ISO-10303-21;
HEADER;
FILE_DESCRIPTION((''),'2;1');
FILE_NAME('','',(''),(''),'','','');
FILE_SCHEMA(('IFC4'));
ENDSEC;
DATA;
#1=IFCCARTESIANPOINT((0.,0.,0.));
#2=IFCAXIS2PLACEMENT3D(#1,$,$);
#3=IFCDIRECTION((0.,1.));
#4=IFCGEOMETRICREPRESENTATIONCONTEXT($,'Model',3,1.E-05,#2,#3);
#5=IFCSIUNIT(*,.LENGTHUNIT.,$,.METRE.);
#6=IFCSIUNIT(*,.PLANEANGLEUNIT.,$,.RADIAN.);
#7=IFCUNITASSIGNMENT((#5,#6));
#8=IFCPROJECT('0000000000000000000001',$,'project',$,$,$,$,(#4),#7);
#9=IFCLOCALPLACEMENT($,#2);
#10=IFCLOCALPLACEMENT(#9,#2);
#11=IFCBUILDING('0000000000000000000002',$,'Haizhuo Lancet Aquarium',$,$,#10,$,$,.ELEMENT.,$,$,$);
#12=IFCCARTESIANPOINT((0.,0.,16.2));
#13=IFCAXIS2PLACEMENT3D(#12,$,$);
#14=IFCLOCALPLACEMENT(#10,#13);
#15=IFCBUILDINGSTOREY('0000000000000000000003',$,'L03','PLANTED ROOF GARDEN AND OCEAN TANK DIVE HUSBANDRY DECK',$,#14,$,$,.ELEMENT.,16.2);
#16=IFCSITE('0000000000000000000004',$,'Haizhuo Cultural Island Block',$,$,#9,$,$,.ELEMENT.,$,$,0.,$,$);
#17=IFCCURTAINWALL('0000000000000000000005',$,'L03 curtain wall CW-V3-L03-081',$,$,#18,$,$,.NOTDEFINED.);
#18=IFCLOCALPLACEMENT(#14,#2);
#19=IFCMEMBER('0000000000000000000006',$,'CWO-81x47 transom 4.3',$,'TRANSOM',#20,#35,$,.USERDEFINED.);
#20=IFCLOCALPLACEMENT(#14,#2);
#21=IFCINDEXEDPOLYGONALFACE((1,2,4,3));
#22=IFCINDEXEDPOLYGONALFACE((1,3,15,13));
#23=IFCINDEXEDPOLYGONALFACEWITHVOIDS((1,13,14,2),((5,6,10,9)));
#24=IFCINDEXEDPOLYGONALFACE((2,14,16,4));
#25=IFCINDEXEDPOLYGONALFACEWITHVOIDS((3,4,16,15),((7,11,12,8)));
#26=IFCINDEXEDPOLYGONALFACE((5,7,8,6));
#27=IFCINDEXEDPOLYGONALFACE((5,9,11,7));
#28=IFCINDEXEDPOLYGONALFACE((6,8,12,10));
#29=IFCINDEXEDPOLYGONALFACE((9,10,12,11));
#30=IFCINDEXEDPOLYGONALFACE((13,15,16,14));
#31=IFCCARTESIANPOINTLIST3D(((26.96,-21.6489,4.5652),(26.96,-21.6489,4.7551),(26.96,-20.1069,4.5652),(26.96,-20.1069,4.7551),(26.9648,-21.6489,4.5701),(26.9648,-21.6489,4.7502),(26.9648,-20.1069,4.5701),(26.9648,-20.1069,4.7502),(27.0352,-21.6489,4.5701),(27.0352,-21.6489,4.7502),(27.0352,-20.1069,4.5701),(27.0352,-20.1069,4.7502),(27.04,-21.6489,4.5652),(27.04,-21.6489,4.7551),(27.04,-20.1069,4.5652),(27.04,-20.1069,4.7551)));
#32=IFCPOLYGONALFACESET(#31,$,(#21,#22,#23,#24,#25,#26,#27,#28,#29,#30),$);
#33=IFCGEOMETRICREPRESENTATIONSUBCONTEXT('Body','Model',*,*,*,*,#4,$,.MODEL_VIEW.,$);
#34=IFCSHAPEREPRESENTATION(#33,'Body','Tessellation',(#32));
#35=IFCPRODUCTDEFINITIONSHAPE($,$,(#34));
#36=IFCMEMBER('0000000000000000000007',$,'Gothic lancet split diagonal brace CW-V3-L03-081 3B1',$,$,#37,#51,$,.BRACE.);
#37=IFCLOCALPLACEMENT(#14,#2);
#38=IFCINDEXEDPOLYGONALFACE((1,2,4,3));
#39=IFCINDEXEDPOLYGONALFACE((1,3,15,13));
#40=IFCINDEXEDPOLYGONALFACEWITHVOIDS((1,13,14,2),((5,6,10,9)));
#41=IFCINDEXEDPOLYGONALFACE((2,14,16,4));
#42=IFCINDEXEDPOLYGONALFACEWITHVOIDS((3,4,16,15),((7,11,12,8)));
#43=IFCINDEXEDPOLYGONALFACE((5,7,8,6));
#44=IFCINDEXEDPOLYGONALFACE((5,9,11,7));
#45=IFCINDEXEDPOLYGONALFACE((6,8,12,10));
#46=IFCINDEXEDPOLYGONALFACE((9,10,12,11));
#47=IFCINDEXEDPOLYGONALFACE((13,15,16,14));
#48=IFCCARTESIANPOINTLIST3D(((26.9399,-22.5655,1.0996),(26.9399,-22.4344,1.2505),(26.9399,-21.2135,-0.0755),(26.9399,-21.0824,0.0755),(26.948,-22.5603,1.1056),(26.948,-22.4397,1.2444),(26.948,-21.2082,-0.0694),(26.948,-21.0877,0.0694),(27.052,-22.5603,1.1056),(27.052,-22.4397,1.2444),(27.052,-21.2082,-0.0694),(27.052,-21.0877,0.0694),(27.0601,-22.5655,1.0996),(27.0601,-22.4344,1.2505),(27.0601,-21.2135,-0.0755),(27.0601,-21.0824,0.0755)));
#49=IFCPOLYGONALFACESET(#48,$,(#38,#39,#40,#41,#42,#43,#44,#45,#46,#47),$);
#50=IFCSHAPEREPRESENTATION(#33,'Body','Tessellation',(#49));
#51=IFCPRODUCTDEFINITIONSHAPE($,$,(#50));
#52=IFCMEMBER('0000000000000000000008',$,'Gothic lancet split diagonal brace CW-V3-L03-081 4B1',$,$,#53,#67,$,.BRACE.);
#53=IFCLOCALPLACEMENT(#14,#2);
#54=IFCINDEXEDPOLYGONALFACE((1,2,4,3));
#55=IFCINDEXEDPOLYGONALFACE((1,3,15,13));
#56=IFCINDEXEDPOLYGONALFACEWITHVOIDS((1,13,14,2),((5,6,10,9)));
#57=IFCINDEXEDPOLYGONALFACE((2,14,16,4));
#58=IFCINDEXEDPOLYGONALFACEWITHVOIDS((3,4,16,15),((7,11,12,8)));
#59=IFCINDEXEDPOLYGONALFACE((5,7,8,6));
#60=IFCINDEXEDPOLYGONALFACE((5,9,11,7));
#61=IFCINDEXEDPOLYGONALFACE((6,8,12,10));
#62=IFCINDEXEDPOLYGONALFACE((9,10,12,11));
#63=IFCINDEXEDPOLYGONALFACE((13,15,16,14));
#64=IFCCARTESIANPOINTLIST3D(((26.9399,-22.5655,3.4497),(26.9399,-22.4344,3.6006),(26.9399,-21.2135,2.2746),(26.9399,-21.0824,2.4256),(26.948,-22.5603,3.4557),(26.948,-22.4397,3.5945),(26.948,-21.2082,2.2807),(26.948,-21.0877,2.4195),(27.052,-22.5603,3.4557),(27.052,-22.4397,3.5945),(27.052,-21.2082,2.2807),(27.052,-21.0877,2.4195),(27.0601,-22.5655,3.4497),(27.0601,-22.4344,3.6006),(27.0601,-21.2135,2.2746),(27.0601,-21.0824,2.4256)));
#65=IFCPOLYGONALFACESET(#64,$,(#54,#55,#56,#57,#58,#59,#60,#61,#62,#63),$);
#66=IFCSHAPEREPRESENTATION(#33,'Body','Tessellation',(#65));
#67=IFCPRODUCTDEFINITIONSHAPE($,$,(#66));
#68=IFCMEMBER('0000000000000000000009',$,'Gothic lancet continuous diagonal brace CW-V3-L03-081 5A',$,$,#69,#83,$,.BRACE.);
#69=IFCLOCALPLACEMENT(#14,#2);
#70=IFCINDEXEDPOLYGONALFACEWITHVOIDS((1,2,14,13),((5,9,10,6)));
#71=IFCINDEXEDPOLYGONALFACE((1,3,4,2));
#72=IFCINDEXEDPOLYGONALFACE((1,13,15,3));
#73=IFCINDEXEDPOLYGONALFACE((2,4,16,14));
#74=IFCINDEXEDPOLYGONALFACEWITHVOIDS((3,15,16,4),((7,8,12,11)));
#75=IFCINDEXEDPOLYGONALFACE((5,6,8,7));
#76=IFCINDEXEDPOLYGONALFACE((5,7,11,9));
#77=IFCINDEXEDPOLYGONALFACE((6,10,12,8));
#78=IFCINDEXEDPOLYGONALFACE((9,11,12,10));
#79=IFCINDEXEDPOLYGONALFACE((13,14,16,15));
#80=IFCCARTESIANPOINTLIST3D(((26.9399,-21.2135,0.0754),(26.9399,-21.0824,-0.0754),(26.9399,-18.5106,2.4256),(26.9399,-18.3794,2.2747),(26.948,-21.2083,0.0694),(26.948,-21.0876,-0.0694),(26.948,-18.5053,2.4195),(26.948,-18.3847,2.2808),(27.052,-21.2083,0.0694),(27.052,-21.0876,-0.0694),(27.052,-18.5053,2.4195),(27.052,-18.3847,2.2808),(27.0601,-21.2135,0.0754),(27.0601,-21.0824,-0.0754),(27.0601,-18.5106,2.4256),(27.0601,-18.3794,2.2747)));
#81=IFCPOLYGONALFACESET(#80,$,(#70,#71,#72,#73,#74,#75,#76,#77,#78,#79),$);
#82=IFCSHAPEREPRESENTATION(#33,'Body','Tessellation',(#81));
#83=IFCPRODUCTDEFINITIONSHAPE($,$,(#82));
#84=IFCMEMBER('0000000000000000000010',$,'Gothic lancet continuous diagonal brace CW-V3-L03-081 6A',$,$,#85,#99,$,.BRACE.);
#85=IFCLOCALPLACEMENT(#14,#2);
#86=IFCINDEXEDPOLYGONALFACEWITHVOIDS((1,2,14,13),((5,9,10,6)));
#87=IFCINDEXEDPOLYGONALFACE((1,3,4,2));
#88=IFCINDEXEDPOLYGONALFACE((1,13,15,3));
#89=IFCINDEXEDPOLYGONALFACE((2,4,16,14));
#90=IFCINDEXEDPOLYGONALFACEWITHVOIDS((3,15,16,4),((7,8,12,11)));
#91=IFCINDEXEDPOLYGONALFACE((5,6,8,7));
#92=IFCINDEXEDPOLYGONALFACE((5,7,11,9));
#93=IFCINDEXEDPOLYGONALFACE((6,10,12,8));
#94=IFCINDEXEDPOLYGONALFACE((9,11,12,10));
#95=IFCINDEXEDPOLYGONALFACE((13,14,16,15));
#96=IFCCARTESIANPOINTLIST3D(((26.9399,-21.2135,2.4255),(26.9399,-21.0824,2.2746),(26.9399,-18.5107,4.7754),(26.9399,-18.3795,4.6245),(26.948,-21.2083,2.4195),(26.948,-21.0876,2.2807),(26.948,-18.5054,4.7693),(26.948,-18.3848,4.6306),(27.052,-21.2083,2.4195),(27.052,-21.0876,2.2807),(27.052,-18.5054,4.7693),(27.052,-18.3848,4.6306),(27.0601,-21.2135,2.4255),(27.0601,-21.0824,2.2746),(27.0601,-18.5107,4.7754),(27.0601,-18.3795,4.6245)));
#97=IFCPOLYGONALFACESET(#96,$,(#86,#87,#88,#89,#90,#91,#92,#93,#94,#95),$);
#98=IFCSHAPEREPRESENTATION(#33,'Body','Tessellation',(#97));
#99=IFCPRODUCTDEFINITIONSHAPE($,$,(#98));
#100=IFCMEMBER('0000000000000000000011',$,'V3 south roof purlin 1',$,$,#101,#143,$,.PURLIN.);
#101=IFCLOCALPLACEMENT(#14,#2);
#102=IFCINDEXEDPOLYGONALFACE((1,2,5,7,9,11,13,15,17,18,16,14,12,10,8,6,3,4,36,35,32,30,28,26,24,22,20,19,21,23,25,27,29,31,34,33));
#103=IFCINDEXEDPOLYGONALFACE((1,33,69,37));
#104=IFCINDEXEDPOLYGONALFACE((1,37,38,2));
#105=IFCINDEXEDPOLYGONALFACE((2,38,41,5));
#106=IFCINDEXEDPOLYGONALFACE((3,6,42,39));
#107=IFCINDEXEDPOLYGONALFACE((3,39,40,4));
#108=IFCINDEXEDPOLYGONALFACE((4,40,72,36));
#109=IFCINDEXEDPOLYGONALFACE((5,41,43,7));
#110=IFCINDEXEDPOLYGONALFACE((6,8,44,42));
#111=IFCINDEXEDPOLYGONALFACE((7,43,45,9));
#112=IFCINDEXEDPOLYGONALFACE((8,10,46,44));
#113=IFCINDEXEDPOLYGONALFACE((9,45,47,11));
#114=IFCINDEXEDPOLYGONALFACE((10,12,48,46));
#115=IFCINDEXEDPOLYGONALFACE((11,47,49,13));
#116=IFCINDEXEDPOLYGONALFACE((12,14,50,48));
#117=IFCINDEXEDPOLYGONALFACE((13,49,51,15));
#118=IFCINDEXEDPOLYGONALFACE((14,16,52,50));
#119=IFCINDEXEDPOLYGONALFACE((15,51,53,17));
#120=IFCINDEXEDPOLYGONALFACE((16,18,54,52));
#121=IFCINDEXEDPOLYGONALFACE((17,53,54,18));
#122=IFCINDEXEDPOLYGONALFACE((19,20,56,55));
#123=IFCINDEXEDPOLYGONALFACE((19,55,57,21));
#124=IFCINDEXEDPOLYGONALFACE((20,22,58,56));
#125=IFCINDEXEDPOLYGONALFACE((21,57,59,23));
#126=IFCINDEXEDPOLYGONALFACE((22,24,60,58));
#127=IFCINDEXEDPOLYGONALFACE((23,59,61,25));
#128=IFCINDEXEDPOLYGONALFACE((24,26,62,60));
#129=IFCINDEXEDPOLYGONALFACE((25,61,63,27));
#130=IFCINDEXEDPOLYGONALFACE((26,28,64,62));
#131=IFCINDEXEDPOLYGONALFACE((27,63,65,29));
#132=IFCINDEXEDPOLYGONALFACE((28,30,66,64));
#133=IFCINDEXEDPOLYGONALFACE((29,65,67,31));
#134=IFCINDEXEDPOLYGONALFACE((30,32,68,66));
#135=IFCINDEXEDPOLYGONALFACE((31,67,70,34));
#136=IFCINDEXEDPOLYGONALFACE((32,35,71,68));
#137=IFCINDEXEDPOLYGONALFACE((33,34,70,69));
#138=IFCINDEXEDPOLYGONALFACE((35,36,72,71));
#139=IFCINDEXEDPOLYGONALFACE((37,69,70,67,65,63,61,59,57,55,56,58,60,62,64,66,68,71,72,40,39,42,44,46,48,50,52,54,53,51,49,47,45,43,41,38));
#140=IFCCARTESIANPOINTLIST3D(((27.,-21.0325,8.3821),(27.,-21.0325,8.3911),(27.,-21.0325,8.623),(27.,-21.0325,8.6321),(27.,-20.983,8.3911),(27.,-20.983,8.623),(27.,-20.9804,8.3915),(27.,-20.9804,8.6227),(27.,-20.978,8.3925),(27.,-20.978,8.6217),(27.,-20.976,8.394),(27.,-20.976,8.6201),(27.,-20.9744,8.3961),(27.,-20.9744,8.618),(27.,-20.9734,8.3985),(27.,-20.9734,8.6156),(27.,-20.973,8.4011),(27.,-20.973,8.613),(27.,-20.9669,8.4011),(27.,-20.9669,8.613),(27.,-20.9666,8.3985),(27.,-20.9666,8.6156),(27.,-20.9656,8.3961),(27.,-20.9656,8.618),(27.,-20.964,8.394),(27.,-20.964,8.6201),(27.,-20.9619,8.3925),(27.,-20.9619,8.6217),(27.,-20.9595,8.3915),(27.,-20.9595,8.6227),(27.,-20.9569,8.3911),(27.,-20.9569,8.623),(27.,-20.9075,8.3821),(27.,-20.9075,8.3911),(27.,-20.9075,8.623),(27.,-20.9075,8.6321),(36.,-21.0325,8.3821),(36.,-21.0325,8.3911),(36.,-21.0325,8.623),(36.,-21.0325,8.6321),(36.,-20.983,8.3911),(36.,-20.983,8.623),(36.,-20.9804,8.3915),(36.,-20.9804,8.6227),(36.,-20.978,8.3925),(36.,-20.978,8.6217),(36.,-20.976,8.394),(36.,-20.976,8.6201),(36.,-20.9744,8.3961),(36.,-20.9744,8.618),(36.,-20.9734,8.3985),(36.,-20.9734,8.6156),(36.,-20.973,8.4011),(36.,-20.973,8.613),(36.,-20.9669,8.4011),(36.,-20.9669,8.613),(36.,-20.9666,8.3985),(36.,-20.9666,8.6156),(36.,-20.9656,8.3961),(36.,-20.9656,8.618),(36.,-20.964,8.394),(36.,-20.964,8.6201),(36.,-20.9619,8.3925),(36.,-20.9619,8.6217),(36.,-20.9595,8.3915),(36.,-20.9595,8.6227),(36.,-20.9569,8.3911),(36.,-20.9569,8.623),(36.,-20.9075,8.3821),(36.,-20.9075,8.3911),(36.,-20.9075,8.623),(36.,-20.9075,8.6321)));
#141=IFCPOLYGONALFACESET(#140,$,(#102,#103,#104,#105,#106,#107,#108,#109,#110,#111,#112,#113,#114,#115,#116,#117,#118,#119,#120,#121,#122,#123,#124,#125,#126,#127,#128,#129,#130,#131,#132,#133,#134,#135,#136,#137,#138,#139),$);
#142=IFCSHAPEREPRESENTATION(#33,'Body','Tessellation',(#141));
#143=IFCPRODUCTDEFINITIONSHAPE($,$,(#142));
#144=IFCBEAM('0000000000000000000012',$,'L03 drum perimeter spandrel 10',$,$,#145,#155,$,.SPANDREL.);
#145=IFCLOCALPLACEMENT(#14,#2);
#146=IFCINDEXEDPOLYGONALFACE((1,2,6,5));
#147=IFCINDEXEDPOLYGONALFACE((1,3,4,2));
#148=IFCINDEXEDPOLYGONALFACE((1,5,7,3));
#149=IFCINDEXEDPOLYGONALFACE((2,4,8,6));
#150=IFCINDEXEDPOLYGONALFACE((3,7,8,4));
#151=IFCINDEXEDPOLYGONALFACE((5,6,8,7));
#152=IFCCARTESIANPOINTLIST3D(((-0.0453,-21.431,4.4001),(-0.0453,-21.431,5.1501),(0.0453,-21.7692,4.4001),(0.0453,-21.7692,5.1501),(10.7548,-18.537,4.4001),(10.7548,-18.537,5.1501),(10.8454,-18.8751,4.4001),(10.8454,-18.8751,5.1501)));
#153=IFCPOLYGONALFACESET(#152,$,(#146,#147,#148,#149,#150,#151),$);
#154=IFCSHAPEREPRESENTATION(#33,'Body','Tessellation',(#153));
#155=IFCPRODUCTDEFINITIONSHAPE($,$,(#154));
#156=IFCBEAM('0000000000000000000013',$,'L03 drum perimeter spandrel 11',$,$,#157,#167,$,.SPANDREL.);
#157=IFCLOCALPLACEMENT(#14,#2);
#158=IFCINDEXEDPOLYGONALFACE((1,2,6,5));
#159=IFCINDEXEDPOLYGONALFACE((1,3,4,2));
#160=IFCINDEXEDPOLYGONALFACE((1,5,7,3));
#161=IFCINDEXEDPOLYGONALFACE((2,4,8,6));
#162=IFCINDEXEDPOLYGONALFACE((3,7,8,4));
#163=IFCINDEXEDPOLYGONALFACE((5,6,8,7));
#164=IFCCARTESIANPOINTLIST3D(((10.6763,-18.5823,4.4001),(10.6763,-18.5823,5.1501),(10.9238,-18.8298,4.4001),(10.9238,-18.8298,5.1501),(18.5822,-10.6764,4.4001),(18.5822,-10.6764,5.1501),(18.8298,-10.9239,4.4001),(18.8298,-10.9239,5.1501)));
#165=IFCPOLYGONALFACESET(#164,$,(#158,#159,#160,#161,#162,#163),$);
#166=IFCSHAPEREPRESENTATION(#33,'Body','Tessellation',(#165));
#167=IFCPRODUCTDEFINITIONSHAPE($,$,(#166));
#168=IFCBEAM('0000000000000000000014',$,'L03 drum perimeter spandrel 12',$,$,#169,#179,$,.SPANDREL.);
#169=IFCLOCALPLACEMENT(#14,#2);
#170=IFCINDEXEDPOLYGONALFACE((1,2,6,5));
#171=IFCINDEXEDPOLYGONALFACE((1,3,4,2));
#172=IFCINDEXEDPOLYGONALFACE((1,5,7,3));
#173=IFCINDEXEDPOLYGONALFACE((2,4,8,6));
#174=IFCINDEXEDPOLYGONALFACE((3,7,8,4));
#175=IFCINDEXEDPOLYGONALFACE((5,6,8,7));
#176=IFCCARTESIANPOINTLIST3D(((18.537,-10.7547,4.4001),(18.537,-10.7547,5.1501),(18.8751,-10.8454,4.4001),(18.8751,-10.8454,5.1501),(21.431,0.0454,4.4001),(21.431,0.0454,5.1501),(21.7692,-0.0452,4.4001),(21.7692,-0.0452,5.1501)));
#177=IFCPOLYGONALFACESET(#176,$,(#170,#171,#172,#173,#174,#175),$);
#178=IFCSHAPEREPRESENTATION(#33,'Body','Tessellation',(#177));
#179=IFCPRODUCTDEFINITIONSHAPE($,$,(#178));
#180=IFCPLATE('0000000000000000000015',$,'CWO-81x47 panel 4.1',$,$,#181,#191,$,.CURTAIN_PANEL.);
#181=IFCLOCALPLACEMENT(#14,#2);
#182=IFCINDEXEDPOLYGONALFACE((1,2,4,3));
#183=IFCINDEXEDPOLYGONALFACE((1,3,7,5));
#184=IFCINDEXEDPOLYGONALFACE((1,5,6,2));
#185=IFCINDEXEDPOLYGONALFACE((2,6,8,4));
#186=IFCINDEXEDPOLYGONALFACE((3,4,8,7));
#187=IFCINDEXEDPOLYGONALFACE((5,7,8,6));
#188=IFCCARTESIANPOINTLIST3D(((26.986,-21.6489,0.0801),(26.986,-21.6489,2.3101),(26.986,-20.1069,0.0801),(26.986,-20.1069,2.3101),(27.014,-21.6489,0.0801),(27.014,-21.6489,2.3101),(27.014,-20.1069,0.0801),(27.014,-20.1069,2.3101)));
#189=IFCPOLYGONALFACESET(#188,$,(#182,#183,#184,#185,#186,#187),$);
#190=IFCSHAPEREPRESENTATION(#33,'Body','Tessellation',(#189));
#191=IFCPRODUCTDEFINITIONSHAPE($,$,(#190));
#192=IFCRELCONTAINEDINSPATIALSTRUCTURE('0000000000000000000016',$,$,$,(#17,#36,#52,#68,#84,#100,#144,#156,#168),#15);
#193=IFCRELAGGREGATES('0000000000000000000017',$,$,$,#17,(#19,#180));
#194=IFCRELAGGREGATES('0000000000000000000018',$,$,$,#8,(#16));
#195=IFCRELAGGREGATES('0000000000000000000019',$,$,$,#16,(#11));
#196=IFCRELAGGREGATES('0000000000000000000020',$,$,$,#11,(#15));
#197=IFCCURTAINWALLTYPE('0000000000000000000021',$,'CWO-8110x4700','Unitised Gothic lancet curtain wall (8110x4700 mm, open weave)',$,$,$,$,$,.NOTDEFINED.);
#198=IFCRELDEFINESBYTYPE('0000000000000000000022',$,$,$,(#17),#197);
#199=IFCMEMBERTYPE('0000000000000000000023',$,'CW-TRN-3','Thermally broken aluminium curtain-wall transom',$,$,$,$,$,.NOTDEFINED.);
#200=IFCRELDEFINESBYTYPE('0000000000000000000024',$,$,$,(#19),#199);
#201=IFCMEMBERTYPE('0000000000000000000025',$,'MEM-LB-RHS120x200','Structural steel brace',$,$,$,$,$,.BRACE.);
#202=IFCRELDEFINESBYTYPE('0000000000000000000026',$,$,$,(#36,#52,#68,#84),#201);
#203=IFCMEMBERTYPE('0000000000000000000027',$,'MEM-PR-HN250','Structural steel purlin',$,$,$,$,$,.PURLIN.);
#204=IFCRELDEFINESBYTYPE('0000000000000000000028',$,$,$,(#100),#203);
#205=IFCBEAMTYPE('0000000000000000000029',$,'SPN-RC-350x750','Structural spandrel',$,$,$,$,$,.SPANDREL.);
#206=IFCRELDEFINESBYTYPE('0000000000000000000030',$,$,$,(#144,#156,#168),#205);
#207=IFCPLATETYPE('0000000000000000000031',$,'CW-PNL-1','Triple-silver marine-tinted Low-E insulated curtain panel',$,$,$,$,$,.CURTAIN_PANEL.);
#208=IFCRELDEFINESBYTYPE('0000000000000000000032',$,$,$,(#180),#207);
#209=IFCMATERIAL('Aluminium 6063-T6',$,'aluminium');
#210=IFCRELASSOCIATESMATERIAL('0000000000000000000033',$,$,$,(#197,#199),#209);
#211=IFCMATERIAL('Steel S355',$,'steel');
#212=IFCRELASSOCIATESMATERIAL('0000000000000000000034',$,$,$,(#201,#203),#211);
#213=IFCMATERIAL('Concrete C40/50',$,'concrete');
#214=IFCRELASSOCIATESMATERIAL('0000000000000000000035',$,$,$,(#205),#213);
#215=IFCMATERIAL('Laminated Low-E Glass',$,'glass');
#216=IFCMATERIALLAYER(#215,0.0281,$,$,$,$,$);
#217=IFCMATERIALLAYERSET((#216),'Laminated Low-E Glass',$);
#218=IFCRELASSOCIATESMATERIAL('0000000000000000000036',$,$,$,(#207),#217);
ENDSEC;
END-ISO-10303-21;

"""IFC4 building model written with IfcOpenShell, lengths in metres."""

from ifc_helpers import new_model, si_unit, direction, frame, origin, origin_2d, place, context, subcontext, project, spatial, rectangle, hollow_rectangle, i_section, extrude, material, layer, layer_set, material_profile, profile_set, type_object, element, aggregate, save


model = new_model("IFC4")

# Units and contexts
model_context = context("Model", 3, precision=1e-05, world=origin(), true_north=direction((0.0, 1.0)))
body_context = subcontext(model_context, "Body", "Model", "MODEL_VIEW")
ifc_project = project(units=[si_unit("LENGTHUNIT", "METRE"), si_unit("PLANEANGLEUNIT", "RADIAN")], contexts=[model_context])

# Site, building, storey
site_placement = place(None, origin())
site = spatial("IfcSite", under=ifc_project, at=site_placement, Name="Haizhuo Cultural Island Block", CompositionType="ELEMENT", RefElevation=0.0)
building_placement = place(site_placement, origin())
building = spatial("IfcBuilding", under=site, at=building_placement, Name="Haizhuo Lancet Aquarium", CompositionType="ELEMENT")
storey_placement = place(building_placement, frame((0.0, 0.0, 16.2)))
storey = spatial("IfcBuildingStorey", under=building, at=storey_placement, Name="L03", Description="PLANTED ROOF GARDEN AND OCEAN TANK DIVE HUSBANDRY DECK", CompositionType="ELEMENT", Elevation=16.2)

# Shared definitions
ifc_material_1 = material(Name="Concrete C40/50", Category="concrete")
ifc_material_2 = material(Name="Steel S355", Category="steel")

# Curtain wall, member
ifc_material_3 = material(Name="Aluminium 6063-T6", Category="aluminium")
curtain_wall_type = type_object("IfcCurtainWallType", Name="CWO-8110x4700", Description="Unitised Gothic lancet curtain wall (8110x4700 mm, open weave)", PredefinedType="NOTDEFINED", material=ifc_material_3)
curtain_wall_placement = place(storey_placement, origin())
curtain_wall = element("IfcCurtainWall", 1, at=curtain_wall_placement, inside=storey, type_object=curtain_wall_type, Name="L03 curtain wall CW-V3-L03-081", PredefinedType="NOTDEFINED")
ifc_material_profile_1 = material_profile(ifc_material_3, hollow_rectangle(XDim=0.0801, YDim=0.1899, WallThickness=0.0049, at=origin_2d()), Name="ALU-T 80x190x5")
ifc_profile_set_1 = profile_set([ifc_material_profile_1], Name="Aluminium 6063-T6")
member_type_1 = type_object("IfcMemberType", Name="CW-TRN-3", Description="Thermally broken aluminium curtain-wall transom", PredefinedType="NOTDEFINED", material=ifc_profile_set_1)
member_1_placement = place(storey_placement, frame((27.0, -21.6489, 4.6602), z_axis=(0.0, 1.0, 0.0), x_axis=(-1.0, 0.0, 0.0)))
member_1 = element("IfcMember", 2, at=member_1_placement, type_object=member_type_1, Name="CWO-81x47 transom 4.3", ObjectType="TRANSOM", PredefinedType="USERDEFINED", context=body_context, shape_type="SweptSolid", body=[
    extrude(hollow_rectangle(XDim=0.0801, YDim=0.1899, WallThickness=0.0049, at=origin_2d()), origin(), (0.0, 0.0, 1.0), 1.542),
])

# Members
ifc_material_profile_2 = material_profile(ifc_material_2, hollow_rectangle(XDim=0.1201, YDim=0.2, WallThickness=0.0081, at=origin_2d()), Name="RHS 120x200x8")
ifc_profile_set_2 = profile_set([ifc_material_profile_2], Name="Steel S355")
member_type_2 = type_object("IfcMemberType", Name="MEM-LB-RHS120x200", Description="Structural steel brace", PredefinedType="BRACE", material=ifc_profile_set_2)
for number, where, z_axis, x_axis, name in (
    (3, (27.0, -21.1479, 0.0), (0.0, -0.754784, 0.655973), (1.0, 0.0, 0.0), "Gothic lancet split diagonal brace CW-V3-L03-081 3B1"),
    (4, (27.0, -21.1479, 2.3501), (0.0, -0.754784, 0.655973), (1.0, 0.0, 0.0), "Gothic lancet split diagonal brace CW-V3-L03-081 4B1"),
):
    element("IfcMember", number, at=place(storey_placement, frame(where, z_axis=z_axis, x_axis=x_axis)), inside=storey, type_object=member_type_2, Name=name, PredefinedType="BRACE", context=body_context, shape_type="SweptSolid", body=[
        extrude(hollow_rectangle(XDim=0.1201, YDim=0.2, WallThickness=0.0081, at=origin_2d()), origin(), (0.0, 0.0, 1.0), 1.7913),
    ])
member_2_placement = place(storey_placement, frame((27.0, -21.1479, 0.0), z_axis=(0.0, 0.754638, 0.656142), x_axis=(-1.0, 0.0, 0.0)))
element("IfcMember", 5, at=member_2_placement, inside=storey, type_object=member_type_2, Name="Gothic lancet continuous diagonal brace CW-V3-L03-081 5A", PredefinedType="BRACE", context=body_context, shape_type="SweptSolid", body=[
    extrude(hollow_rectangle(XDim=0.1201, YDim=0.2, WallThickness=0.0081, at=origin_2d()), origin(), (0.0, 0.0, 1.0), 3.5818),
])
member_3_placement = place(storey_placement, frame((27.0, -21.1479, 2.3501), z_axis=(0.0, 0.754672, 0.656103), x_axis=(-1.0, 0.0, 0.0)))
element("IfcMember", 6, at=member_3_placement, inside=storey, type_object=member_type_2, Name="Gothic lancet continuous diagonal brace CW-V3-L03-081 6A", PredefinedType="BRACE", context=body_context, shape_type="SweptSolid", body=[
    extrude(hollow_rectangle(XDim=0.1201, YDim=0.2, WallThickness=0.0081, at=origin_2d()), origin(), (0.0, 0.0, 1.0), 3.5815),
])
ifc_material_profile_3 = material_profile(ifc_material_2, i_section(OverallWidth=0.125, OverallDepth=0.25, WebThickness=0.0061, FlangeThickness=0.009, FilletRadius=0.01, at=origin_2d()), Name="HN 250x125x6x9")
ifc_profile_set_3 = profile_set([ifc_material_profile_3], Name="Steel S355")
member_type_3 = type_object("IfcMemberType", Name="MEM-PR-HN250", Description="Structural steel purlin", PredefinedType="PURLIN", material=ifc_profile_set_3)
member_4_placement = place(storey_placement, frame((27.0, -20.97, 8.5071), z_axis=(1.0, 0.0, 0.0), x_axis=(0.0, 1.0, 0.0)))
element("IfcMember", 7, at=member_4_placement, inside=storey, type_object=member_type_3, Name="V3 south roof purlin 1", PredefinedType="PURLIN", context=body_context, shape_type="SweptSolid", body=[
    extrude(i_section(OverallWidth=0.125, OverallDepth=0.25, WebThickness=0.0061, FlangeThickness=0.009, FilletRadius=0.01, at=origin_2d()), origin(), (0.0, 0.0, 1.0), 9.0),
])

# Beams
ifc_material_profile_4 = material_profile(ifc_material_1, rectangle(XDim=0.3501, YDim=0.75, at=origin_2d()), Name="RC-SP 350x750")
ifc_profile_set_4 = profile_set([ifc_material_profile_4], Name="Concrete C40/50")
beam_type_1 = type_object("IfcBeamType", Name="SPN-RC-350x750", Description="Structural spandrel", PredefinedType="SPANDREL", material=ifc_profile_set_4)
beam_1_placement = place(storey_placement, frame((0.0, -21.6001, 4.7751), z_axis=(0.965922, 0.258834, 0.0), x_axis=(-0.258834, 0.965922, 0.0)))
element("IfcBeam", 8, at=beam_1_placement, inside=storey, type_object=beam_type_1, Name="L03 drum perimeter spandrel 10", PredefinedType="SPANDREL", context=body_context, shape_type="SweptSolid", body=[
    extrude(rectangle(XDim=0.3501, YDim=0.75, at=origin_2d()), origin(), (0.0, 0.0, 1.0), 11.1812),
])
beam_2_placement = place(storey_placement, frame((10.8, -18.7061, 4.7751), z_axis=(0.707107, 0.707107, 0.0), x_axis=(-0.707107, 0.707107, 0.0)))
element("IfcBeam", 9, at=beam_2_placement, inside=storey, type_object=beam_type_1, Name="L03 drum perimeter spandrel 11", PredefinedType="SPANDREL", context=body_context, shape_type="SweptSolid", body=[
    extrude(rectangle(XDim=0.3501, YDim=0.75, at=origin_2d()), origin(), (0.0, 0.0, 1.0), 11.1807),
])
beam_3_placement = place(storey_placement, frame((18.7061, -10.8, 4.7751), z_axis=(0.258834, 0.965922, 0.0), x_axis=(-0.965922, 0.258834, 0.0)))
element("IfcBeam", 10, at=beam_3_placement, inside=storey, type_object=beam_type_1, Name="L03 drum perimeter spandrel 12", PredefinedType="SPANDREL", context=body_context, shape_type="SweptSolid", body=[
    extrude(rectangle(XDim=0.3501, YDim=0.75, at=origin_2d()), origin(), (0.0, 0.0, 1.0), 11.1812),
])

# Plate
ifc_material_4 = material(Name="Laminated Low-E Glass", Category="glass")
ifc_layer_1 = layer(ifc_material_4, 0.0281)
ifc_layer_set_1 = layer_set([ifc_layer_1], Name="Laminated Low-E Glass")
plate_type = type_object("IfcPlateType", Name="CW-PNL-1", Description="Triple-silver marine-tinted Low-E insulated curtain panel", PredefinedType="CURTAIN_PANEL", material=ifc_layer_set_1)
plate_1_placement = place(storey_placement, frame((27.0, -20.8779, 0.0801), z_axis=(0.0, 0.0, 1.0), x_axis=(0.0, 1.0, 0.0)))
plate_1 = element("IfcPlate", 11, at=plate_1_placement, type_object=plate_type, Name="CWO-81x47 panel 4.1", PredefinedType="CURTAIN_PANEL", context=body_context, shape_type="SweptSolid", body=[
    extrude(rectangle(XDim=1.542, YDim=0.0281, at=origin_2d()), origin(), (0.0, 0.0, 1.0), 2.23),
])
aggregate(curtain_wall, [member_1, plate_1])

save(model, "model.ifc")
